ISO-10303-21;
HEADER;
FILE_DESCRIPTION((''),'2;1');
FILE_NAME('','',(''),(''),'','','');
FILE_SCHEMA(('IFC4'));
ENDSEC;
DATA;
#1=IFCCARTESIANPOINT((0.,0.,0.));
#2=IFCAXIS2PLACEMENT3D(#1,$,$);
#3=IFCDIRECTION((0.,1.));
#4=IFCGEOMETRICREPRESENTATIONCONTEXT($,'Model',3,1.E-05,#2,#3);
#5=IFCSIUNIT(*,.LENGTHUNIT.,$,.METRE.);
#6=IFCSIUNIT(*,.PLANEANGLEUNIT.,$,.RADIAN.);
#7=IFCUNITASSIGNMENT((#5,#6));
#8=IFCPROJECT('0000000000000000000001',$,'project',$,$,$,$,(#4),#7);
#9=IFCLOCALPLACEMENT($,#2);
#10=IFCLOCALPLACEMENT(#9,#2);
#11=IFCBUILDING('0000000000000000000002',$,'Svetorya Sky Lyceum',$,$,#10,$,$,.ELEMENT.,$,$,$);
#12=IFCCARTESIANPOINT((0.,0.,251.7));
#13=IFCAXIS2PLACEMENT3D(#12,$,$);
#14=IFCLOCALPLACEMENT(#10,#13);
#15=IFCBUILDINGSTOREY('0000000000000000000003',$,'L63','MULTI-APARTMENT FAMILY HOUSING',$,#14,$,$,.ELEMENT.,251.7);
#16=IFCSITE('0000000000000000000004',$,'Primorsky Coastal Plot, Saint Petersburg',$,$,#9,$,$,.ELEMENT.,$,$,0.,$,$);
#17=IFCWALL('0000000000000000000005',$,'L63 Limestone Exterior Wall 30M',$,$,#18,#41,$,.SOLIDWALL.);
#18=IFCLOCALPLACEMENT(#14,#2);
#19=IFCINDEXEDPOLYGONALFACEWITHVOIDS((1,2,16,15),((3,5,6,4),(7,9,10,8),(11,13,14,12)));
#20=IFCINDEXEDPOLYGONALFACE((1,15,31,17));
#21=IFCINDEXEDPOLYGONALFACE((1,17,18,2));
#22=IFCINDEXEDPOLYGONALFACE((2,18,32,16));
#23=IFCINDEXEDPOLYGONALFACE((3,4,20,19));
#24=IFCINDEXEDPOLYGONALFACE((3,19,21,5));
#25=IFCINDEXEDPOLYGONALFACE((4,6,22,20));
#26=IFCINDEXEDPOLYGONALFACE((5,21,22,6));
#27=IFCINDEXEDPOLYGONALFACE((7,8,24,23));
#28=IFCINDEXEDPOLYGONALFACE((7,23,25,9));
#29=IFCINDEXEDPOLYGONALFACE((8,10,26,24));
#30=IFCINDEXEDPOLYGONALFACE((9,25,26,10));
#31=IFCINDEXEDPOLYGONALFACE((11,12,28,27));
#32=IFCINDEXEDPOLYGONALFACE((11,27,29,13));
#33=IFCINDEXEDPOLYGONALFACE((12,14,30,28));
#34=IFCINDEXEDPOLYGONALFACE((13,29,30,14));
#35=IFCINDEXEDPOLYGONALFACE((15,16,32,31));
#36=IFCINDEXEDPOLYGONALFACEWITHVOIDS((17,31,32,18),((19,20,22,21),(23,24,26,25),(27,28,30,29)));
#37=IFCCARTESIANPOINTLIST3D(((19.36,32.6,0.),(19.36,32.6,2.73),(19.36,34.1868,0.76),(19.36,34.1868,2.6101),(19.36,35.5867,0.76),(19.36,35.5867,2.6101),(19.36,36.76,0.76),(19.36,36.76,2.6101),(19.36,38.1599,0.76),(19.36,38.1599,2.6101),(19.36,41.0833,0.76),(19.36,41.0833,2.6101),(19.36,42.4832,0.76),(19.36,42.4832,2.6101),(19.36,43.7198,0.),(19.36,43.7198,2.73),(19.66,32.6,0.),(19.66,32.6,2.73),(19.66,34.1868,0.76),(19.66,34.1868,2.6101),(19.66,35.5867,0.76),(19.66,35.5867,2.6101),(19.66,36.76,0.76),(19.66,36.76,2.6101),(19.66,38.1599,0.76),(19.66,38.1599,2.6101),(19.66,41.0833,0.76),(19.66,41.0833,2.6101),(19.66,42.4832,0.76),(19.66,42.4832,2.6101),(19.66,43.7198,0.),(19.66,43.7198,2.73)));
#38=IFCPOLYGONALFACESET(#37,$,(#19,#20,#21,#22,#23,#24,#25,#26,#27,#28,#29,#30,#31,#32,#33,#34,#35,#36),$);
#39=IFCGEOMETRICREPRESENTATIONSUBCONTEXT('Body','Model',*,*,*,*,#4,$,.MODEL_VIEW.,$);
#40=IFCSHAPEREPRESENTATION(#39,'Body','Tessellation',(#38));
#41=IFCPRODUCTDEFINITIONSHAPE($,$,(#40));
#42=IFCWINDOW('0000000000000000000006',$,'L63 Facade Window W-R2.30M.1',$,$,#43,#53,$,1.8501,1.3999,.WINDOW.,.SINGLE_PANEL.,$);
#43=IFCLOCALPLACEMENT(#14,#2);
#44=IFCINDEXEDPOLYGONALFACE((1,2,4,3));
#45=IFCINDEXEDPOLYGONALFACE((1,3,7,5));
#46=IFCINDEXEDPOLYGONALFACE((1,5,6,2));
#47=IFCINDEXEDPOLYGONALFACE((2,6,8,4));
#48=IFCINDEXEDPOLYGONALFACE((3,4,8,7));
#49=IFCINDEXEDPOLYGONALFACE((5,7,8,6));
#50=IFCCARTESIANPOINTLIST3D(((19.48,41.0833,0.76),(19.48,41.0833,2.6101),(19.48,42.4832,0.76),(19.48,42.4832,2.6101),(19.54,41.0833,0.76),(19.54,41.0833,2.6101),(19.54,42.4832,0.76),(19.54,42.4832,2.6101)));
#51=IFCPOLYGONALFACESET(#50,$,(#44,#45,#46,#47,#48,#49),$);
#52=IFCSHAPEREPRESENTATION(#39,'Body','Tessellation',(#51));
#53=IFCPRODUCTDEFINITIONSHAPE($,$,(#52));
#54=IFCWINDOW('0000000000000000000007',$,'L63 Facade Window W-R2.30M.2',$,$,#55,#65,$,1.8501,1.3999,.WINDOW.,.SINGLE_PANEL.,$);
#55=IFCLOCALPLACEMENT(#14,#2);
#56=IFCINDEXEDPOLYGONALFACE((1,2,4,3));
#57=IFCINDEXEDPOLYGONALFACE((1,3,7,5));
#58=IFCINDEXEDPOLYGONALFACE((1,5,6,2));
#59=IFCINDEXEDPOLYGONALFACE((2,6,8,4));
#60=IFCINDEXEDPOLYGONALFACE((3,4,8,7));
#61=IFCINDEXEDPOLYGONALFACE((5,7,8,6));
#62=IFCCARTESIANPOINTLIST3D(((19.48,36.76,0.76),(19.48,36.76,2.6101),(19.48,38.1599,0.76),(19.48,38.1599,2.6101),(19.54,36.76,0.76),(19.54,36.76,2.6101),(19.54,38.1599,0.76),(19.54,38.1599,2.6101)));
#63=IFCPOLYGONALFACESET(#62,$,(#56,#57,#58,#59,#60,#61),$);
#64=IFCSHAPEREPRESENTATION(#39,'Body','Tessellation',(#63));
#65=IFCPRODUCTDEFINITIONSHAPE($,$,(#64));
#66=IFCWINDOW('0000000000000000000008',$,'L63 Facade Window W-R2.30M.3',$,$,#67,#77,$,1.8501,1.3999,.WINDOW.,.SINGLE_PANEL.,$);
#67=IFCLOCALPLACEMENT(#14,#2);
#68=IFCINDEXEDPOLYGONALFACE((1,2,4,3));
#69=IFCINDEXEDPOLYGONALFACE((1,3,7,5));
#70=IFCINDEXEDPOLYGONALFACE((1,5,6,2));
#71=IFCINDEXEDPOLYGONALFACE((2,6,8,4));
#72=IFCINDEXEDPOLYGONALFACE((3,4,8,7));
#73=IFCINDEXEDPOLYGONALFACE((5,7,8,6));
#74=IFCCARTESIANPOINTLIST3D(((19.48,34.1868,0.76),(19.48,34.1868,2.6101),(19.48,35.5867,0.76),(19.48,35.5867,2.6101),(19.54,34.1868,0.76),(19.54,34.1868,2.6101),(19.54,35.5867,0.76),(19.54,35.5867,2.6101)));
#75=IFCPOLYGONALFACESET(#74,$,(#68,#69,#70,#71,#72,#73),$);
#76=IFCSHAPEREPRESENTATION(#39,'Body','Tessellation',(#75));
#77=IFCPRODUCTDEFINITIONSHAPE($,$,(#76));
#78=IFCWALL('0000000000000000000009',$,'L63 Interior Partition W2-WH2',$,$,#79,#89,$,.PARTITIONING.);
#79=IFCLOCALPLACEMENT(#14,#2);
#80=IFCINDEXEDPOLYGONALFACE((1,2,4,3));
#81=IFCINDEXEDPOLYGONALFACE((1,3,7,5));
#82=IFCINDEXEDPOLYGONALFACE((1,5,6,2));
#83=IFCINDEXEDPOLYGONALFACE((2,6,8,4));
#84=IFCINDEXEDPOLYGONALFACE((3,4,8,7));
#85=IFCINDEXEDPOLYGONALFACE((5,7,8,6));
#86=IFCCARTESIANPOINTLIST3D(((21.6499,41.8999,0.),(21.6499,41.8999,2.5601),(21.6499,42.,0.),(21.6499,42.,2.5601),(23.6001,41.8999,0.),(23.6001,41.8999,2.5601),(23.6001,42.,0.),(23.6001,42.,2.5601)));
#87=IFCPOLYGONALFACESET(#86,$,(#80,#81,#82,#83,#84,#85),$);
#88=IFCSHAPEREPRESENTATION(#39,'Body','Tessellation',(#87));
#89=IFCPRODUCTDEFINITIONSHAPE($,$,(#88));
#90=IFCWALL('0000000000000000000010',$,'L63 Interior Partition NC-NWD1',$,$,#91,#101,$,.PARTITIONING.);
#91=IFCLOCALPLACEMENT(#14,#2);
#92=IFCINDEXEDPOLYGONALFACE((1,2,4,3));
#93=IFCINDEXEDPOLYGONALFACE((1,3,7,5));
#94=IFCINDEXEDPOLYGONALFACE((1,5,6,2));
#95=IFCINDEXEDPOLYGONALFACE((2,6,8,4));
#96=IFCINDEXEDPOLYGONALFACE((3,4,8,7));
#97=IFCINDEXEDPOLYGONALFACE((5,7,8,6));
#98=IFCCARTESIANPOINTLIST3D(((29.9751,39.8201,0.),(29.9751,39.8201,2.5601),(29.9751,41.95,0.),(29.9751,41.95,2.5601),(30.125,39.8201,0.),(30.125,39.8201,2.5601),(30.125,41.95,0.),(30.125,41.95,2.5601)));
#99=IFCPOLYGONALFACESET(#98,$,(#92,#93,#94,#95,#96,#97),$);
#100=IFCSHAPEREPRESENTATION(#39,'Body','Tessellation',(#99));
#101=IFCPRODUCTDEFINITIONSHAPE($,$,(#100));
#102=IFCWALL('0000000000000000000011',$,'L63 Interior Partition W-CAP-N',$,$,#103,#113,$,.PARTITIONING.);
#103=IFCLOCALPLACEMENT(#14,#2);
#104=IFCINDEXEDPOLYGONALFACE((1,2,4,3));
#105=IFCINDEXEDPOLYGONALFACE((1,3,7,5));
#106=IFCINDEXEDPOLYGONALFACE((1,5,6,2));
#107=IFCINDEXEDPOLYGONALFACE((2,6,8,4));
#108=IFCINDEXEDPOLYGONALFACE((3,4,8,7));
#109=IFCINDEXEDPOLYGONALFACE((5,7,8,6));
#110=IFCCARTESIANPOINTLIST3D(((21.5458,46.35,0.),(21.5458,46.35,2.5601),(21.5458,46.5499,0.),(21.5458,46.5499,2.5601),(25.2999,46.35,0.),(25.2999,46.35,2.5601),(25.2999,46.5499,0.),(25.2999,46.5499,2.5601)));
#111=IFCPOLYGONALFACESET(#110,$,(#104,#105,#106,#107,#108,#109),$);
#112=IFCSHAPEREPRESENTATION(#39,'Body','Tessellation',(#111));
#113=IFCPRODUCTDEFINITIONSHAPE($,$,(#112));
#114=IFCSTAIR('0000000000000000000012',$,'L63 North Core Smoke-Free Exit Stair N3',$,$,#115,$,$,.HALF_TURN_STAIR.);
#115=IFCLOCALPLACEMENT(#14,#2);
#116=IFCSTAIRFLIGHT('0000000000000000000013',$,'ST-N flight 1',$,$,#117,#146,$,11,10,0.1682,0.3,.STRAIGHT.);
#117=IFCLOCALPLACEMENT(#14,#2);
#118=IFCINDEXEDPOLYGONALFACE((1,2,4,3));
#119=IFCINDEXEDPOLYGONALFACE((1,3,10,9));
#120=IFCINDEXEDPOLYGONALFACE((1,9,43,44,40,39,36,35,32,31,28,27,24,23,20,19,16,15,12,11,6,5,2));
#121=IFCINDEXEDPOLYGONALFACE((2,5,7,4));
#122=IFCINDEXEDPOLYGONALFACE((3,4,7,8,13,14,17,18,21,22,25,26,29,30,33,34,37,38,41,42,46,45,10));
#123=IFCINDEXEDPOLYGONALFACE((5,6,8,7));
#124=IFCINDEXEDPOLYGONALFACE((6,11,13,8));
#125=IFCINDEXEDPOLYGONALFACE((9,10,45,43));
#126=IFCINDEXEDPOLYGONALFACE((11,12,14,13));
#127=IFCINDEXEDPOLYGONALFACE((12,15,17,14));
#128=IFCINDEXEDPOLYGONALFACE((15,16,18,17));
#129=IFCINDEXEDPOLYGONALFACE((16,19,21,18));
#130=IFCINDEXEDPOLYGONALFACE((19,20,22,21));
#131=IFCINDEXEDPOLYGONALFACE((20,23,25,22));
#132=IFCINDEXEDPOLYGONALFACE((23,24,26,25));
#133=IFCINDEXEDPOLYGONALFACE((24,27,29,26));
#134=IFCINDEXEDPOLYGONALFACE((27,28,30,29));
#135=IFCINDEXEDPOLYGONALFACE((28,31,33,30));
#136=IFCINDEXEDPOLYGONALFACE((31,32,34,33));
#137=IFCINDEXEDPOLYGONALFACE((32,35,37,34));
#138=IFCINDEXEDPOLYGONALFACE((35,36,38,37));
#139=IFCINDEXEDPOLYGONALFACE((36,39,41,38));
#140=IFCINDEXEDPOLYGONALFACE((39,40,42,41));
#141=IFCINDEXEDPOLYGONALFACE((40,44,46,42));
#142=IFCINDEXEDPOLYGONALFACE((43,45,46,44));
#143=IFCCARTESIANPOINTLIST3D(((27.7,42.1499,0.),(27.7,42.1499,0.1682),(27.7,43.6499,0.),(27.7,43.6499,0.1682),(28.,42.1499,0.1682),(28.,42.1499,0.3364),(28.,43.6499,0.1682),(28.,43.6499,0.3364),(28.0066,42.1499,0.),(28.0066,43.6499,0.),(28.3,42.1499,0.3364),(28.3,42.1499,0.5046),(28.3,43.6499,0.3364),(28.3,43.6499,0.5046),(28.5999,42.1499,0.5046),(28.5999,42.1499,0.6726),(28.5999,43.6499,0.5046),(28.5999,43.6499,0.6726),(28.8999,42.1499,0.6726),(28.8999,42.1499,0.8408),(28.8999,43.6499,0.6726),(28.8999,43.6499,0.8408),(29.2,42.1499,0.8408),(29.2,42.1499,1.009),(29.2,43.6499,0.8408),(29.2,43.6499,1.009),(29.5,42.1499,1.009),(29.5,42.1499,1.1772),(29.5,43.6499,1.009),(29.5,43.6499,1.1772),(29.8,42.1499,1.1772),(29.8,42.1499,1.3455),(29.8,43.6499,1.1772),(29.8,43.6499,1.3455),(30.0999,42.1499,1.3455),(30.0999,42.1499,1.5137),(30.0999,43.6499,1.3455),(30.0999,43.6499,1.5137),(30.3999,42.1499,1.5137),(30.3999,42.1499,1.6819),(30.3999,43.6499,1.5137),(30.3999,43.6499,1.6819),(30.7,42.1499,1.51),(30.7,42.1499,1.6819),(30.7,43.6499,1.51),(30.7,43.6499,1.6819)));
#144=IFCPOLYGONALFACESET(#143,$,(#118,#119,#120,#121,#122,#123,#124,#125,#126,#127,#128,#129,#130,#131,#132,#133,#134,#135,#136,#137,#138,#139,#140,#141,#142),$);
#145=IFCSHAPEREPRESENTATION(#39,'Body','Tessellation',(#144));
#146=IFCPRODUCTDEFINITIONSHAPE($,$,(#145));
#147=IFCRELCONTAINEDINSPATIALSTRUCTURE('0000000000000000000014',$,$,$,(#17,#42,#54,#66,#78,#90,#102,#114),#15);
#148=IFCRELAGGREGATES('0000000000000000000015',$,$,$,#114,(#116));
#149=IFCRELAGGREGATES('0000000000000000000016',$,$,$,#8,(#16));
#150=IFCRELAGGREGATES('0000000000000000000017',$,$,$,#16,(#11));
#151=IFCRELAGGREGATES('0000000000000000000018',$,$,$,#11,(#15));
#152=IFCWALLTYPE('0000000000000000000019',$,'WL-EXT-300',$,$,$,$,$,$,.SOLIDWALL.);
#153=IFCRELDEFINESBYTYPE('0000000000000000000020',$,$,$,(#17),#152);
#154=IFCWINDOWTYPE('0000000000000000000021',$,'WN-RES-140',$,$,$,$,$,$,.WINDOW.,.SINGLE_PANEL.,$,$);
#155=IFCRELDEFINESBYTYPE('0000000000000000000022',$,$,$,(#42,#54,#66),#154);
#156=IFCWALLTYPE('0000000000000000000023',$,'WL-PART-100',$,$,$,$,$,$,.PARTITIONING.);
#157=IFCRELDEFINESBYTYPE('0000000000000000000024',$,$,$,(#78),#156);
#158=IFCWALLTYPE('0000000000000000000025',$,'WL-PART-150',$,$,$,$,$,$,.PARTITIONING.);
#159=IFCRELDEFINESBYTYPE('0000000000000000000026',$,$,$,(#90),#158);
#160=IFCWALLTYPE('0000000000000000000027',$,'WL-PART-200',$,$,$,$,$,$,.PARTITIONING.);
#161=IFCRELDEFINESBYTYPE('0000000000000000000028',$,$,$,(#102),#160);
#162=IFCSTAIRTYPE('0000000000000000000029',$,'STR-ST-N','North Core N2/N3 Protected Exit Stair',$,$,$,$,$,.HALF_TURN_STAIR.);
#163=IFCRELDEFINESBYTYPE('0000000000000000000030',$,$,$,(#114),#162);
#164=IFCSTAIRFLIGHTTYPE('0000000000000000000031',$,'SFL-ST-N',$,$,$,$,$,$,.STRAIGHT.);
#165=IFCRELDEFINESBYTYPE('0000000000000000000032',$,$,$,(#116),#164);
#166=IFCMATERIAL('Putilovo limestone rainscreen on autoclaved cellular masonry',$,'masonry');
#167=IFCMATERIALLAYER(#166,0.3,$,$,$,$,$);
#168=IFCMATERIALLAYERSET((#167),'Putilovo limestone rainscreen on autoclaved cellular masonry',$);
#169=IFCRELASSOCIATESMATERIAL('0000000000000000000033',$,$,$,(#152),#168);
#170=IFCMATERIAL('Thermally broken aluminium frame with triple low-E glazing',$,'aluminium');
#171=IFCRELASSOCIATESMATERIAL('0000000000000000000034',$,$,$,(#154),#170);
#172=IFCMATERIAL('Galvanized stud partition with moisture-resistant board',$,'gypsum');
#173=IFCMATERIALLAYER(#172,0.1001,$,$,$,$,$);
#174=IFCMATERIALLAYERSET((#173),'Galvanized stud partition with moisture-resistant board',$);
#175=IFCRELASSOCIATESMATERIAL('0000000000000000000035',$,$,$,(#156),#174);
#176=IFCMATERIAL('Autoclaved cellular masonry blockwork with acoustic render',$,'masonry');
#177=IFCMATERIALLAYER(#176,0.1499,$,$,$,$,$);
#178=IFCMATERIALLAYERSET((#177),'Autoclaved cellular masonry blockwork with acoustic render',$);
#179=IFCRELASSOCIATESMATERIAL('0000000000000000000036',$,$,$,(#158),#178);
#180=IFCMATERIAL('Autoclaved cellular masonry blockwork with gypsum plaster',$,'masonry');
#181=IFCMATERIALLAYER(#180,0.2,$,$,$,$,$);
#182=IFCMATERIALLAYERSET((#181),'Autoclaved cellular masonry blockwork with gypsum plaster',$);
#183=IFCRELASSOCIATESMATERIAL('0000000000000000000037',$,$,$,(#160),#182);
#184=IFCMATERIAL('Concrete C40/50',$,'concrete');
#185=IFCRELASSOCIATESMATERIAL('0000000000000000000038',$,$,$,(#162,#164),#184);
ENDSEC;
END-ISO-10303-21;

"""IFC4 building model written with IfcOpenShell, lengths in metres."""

from ifc_helpers import new_model, si_unit, direction, frame, frame_2d, origin, place, context, subcontext, project, spatial, polyline, rectangle, outline, extrude, material, layer, layer_set, type_object, element, fill, aggregate, save


model = new_model("IFC4")

# Units and contexts
model_context = context("Model", 3, precision=1e-05, world=origin(), true_north=direction((0.0, 1.0)))
body_context = subcontext(model_context, "Body", "Model", "MODEL_VIEW")
ifc_project = project(units=[si_unit("LENGTHUNIT", "METRE"), si_unit("PLANEANGLEUNIT", "RADIAN")], contexts=[model_context])

# Site, building, storey
site_placement = place(None, origin())
site = spatial("IfcSite", under=ifc_project, at=site_placement, Name="Primorsky Coastal Plot, Saint Petersburg", CompositionType="ELEMENT", RefElevation=0.0)
building_placement = place(site_placement, origin())
building = spatial("IfcBuilding", under=site, at=building_placement, Name="Svetorya Sky Lyceum", CompositionType="ELEMENT")
storey_placement = place(building_placement, frame((0.0, 0.0, 251.7)))
storey = spatial("IfcBuildingStorey", under=building, at=storey_placement, Name="L63", Description="MULTI-APARTMENT FAMILY HOUSING", CompositionType="ELEMENT", Elevation=251.7)

# Shared definitions
ifc_material_1 = material(Name="Putilovo limestone rainscreen on autoclaved cellular masonry", Category="masonry")
ifc_layer_1 = layer(ifc_material_1, 0.3)
ifc_layer_set_1 = layer_set([ifc_layer_1], Name="Putilovo limestone rainscreen on autoclaved cellular masonry")
wall_type_1 = type_object("IfcWallType", Name="WL-EXT-300", PredefinedType="SOLIDWALL", material=ifc_layer_set_1)

# Wall, openings, windows
wall_1_placement = place(storey_placement, frame((19.51, 43.72, 0.0), z_axis=(0.0, 0.0, 1.0), x_axis=(0.0, -1.0, 0.0)))
wall_1 = element("IfcWall", 1, at=wall_1_placement, inside=storey, type_object=wall_type_1, Name="L63 Limestone Exterior Wall 30M", PredefinedType="SOLIDWALL", context=body_context, shape_type="SweptSolid", body=[
    extrude(rectangle(XDim=11.1199, YDim=0.3, at=frame_2d((5.5601, 0.0))), origin(), (0.0, 0.0, 1.0), 2.73),
])
opening_1_placement = place(wall_1_placement, frame((1.2368, 0.0, 0.76)))
opening_1 = element("IfcOpeningElement", 2, at=opening_1_placement, cuts=wall_1, PredefinedType="OPENING", context=body_context, shape_type="SweptSolid", body=[
    extrude(rectangle(XDim=1.3999, YDim=1.8501, at=frame_2d((0.7, 0.925))), frame((0.0, 0.1599, 0.0), z_axis=(0.0, -1.0, 0.0), x_axis=(1.0, 0.0, 0.0)), (0.0, 0.0, 1.0), 0.3201),
])
opening_2_placement = place(wall_1_placement, frame((5.5601, 0.0, 0.76)))
opening_2 = element("IfcOpeningElement", 3, at=opening_2_placement, cuts=wall_1, PredefinedType="OPENING", context=body_context, shape_type="SweptSolid", body=[
    extrude(rectangle(XDim=1.3999, YDim=1.8501, at=frame_2d((0.7, 0.925))), frame((0.0, 0.1599, 0.0), z_axis=(0.0, -1.0, 0.0), x_axis=(1.0, 0.0, 0.0)), (0.0, 0.0, 1.0), 0.3201),
])
opening_3_placement = place(wall_1_placement, frame((8.1333, 0.0, 0.76)))
opening_3 = element("IfcOpeningElement", 4, at=opening_3_placement, cuts=wall_1, PredefinedType="OPENING", context=body_context, shape_type="SweptSolid", body=[
    extrude(rectangle(XDim=1.3999, YDim=1.8501, at=frame_2d((0.7, 0.925))), frame((0.0, 0.1599, 0.0), z_axis=(0.0, -1.0, 0.0), x_axis=(1.0, 0.0, 0.0)), (0.0, 0.0, 1.0), 0.3201),
])
ifc_material_2 = material(Name="Thermally broken aluminium frame with triple low-E glazing", Category="aluminium")
window_type = type_object("IfcWindowType", Name="WN-RES-140", PartitioningType="SINGLE_PANEL", PredefinedType="WINDOW", material=ifc_material_2)
window_1_placement = place(opening_1_placement, origin())
window_1 = element("IfcWindow", 5, at=window_1_placement, inside=storey, type_object=window_type, Name="L63 Facade Window W-R2.30M.1", OverallHeight=1.8501, OverallWidth=1.3999, PartitioningType="SINGLE_PANEL", PredefinedType="WINDOW", context=body_context, shape_type="SweptSolid", body=[
    extrude(rectangle(XDim=1.3999, YDim=1.8501, at=frame_2d((0.7, 0.925))), frame((0.0, 0.03, 0.0), z_axis=(0.0, -1.0, 0.0), x_axis=(1.0, 0.0, 0.0)), (0.0, 0.0, 1.0), 0.0601),
])
fill(opening_1, window_1)
window_2_placement = place(opening_2_placement, origin())
window_2 = element("IfcWindow", 6, at=window_2_placement, inside=storey, type_object=window_type, Name="L63 Facade Window W-R2.30M.2", OverallHeight=1.8501, OverallWidth=1.3999, PartitioningType="SINGLE_PANEL", PredefinedType="WINDOW", context=body_context, shape_type="SweptSolid", body=[
    extrude(rectangle(XDim=1.3999, YDim=1.8501, at=frame_2d((0.7, 0.925))), frame((0.0, 0.03, 0.0), z_axis=(0.0, -1.0, 0.0), x_axis=(1.0, 0.0, 0.0)), (0.0, 0.0, 1.0), 0.0601),
])
fill(opening_2, window_2)
window_3_placement = place(opening_3_placement, origin())
window_3 = element("IfcWindow", 7, at=window_3_placement, inside=storey, type_object=window_type, Name="L63 Facade Window W-R2.30M.3", OverallHeight=1.8501, OverallWidth=1.3999, PartitioningType="SINGLE_PANEL", PredefinedType="WINDOW", context=body_context, shape_type="SweptSolid", body=[
    extrude(rectangle(XDim=1.3999, YDim=1.8501, at=frame_2d((0.7, 0.925))), frame((0.0, 0.03, 0.0), z_axis=(0.0, -1.0, 0.0), x_axis=(1.0, 0.0, 0.0)), (0.0, 0.0, 1.0), 0.0601),
])
fill(opening_3, window_3)

# Walls
ifc_material_3 = material(Name="Galvanized stud partition with moisture-resistant board", Category="gypsum")
ifc_layer_2 = layer(ifc_material_3, 0.1001)
ifc_layer_set_2 = layer_set([ifc_layer_2], Name="Galvanized stud partition with moisture-resistant board")
wall_type_2 = type_object("IfcWallType", Name="WL-PART-100", PredefinedType="PARTITIONING", material=ifc_layer_set_2)
wall_2_placement = place(storey_placement, frame((21.6499, 41.95, 0.0), z_axis=(0.0, 0.0, 1.0), x_axis=(1.0, 0.0, 0.0)))
element("IfcWall", 8, at=wall_2_placement, inside=storey, type_object=wall_type_2, Name="L63 Interior Partition W2-WH2", PredefinedType="PARTITIONING", context=body_context, shape_type="SweptSolid", body=[
    extrude(rectangle(XDim=1.9502, YDim=0.1001, at=frame_2d((0.9751, 0.0))), origin(), (0.0, 0.0, 1.0), 2.5601),
])
ifc_material_4 = material(Name="Autoclaved cellular masonry blockwork with acoustic render", Category="masonry")
ifc_layer_3 = layer(ifc_material_4, 0.1499)
ifc_layer_set_3 = layer_set([ifc_layer_3], Name="Autoclaved cellular masonry blockwork with acoustic render")
wall_type_3 = type_object("IfcWallType", Name="WL-PART-150", PredefinedType="PARTITIONING", material=ifc_layer_set_3)
wall_3_placement = place(storey_placement, frame((30.05, 39.8201, 0.0), z_axis=(0.0, 0.0, 1.0), x_axis=(0.0, 1.0, 0.0)))
element("IfcWall", 9, at=wall_3_placement, inside=storey, type_object=wall_type_3, Name="L63 Interior Partition NC-NWD1", PredefinedType="PARTITIONING", context=body_context, shape_type="SweptSolid", body=[
    extrude(rectangle(XDim=2.1299, YDim=0.1499, at=frame_2d((1.0649, 0.0))), origin(), (0.0, 0.0, 1.0), 2.5601),
])
ifc_material_5 = material(Name="Autoclaved cellular masonry blockwork with gypsum plaster", Category="masonry")
ifc_layer_4 = layer(ifc_material_5, 0.2)
ifc_layer_set_4 = layer_set([ifc_layer_4], Name="Autoclaved cellular masonry blockwork with gypsum plaster")
wall_type_4 = type_object("IfcWallType", Name="WL-PART-200", PredefinedType="PARTITIONING", material=ifc_layer_set_4)
wall_4_placement = place(storey_placement, frame((21.5459, 46.45, 0.0), z_axis=(0.0, 0.0, 1.0), x_axis=(1.0, 0.0, 0.0)))
element("IfcWall", 10, at=wall_4_placement, inside=storey, type_object=wall_type_4, Name="L63 Interior Partition W-CAP-N", PredefinedType="PARTITIONING", context=body_context, shape_type="SweptSolid", body=[
    extrude(rectangle(XDim=3.7542, YDim=0.2, at=frame_2d((1.877, 0.0))), origin(), (0.0, 0.0, 1.0), 2.5601),
])

# Stair, stair flight
ifc_material_6 = material(Name="Concrete C40/50", Category="concrete")
stair_type = type_object("IfcStairType", Name="STR-ST-N", Description="North Core N2/N3 Protected Exit Stair", PredefinedType="HALF_TURN_STAIR", material=ifc_material_6)
stair_placement = place(storey_placement, origin())
stair = element("IfcStair", 11, at=stair_placement, inside=storey, type_object=stair_type, Name="L63 North Core Smoke-Free Exit Stair N3", PredefinedType="HALF_TURN_STAIR")
stair_flight_type = type_object("IfcStairFlightType", Name="SFL-ST-N", PredefinedType="STRAIGHT", material=ifc_material_6)
stair_flight_1_placement = place(storey_placement, frame((27.7, 42.8999, 0.0), z_axis=(0.0, 0.0, 1.0), x_axis=(1.0, 0.0, 0.0)))
stair_flight_1 = element("IfcStairFlight", 12, at=stair_flight_1_placement, type_object=stair_flight_type, Name="ST-N flight 1", NumberOfRisers=11, NumberOfTreads=10, PredefinedType="STRAIGHT", RiserHeight=0.1682, TreadLength=0.3, context=body_context, shape_type="SweptSolid", body=[
    extrude(outline(polyline([(0.0, 0.0), (0.0, 0.1682), (0.3, 0.1682), (0.3, 0.3364), (0.6001, 0.3364), (0.6001, 0.5046), (0.8999, 0.5046), (0.8999, 0.6726), (1.2, 0.6726), (1.2, 0.8408), (1.5, 0.8408), (1.5, 1.009), (1.8, 1.009), (1.8, 1.1772), (2.1001, 1.1772), (2.1001, 1.3455), (2.3999, 1.3455), (2.3999, 1.5137), (2.7, 1.5137), (2.7, 1.6819), (3.0, 1.6819), (3.0, 1.8501), (3.0, 1.51), (0.3066, 0.0), (0.0, 0.0)])), frame((0.0, 0.75, 0.0), z_axis=(0.0, -1.0, 0.0), x_axis=(1.0, 0.0, 0.0)), (0.0, 0.0, 1.0), 1.5),
])
aggregate(stair, [stair_flight_1])

save(model, "model.ifc")
